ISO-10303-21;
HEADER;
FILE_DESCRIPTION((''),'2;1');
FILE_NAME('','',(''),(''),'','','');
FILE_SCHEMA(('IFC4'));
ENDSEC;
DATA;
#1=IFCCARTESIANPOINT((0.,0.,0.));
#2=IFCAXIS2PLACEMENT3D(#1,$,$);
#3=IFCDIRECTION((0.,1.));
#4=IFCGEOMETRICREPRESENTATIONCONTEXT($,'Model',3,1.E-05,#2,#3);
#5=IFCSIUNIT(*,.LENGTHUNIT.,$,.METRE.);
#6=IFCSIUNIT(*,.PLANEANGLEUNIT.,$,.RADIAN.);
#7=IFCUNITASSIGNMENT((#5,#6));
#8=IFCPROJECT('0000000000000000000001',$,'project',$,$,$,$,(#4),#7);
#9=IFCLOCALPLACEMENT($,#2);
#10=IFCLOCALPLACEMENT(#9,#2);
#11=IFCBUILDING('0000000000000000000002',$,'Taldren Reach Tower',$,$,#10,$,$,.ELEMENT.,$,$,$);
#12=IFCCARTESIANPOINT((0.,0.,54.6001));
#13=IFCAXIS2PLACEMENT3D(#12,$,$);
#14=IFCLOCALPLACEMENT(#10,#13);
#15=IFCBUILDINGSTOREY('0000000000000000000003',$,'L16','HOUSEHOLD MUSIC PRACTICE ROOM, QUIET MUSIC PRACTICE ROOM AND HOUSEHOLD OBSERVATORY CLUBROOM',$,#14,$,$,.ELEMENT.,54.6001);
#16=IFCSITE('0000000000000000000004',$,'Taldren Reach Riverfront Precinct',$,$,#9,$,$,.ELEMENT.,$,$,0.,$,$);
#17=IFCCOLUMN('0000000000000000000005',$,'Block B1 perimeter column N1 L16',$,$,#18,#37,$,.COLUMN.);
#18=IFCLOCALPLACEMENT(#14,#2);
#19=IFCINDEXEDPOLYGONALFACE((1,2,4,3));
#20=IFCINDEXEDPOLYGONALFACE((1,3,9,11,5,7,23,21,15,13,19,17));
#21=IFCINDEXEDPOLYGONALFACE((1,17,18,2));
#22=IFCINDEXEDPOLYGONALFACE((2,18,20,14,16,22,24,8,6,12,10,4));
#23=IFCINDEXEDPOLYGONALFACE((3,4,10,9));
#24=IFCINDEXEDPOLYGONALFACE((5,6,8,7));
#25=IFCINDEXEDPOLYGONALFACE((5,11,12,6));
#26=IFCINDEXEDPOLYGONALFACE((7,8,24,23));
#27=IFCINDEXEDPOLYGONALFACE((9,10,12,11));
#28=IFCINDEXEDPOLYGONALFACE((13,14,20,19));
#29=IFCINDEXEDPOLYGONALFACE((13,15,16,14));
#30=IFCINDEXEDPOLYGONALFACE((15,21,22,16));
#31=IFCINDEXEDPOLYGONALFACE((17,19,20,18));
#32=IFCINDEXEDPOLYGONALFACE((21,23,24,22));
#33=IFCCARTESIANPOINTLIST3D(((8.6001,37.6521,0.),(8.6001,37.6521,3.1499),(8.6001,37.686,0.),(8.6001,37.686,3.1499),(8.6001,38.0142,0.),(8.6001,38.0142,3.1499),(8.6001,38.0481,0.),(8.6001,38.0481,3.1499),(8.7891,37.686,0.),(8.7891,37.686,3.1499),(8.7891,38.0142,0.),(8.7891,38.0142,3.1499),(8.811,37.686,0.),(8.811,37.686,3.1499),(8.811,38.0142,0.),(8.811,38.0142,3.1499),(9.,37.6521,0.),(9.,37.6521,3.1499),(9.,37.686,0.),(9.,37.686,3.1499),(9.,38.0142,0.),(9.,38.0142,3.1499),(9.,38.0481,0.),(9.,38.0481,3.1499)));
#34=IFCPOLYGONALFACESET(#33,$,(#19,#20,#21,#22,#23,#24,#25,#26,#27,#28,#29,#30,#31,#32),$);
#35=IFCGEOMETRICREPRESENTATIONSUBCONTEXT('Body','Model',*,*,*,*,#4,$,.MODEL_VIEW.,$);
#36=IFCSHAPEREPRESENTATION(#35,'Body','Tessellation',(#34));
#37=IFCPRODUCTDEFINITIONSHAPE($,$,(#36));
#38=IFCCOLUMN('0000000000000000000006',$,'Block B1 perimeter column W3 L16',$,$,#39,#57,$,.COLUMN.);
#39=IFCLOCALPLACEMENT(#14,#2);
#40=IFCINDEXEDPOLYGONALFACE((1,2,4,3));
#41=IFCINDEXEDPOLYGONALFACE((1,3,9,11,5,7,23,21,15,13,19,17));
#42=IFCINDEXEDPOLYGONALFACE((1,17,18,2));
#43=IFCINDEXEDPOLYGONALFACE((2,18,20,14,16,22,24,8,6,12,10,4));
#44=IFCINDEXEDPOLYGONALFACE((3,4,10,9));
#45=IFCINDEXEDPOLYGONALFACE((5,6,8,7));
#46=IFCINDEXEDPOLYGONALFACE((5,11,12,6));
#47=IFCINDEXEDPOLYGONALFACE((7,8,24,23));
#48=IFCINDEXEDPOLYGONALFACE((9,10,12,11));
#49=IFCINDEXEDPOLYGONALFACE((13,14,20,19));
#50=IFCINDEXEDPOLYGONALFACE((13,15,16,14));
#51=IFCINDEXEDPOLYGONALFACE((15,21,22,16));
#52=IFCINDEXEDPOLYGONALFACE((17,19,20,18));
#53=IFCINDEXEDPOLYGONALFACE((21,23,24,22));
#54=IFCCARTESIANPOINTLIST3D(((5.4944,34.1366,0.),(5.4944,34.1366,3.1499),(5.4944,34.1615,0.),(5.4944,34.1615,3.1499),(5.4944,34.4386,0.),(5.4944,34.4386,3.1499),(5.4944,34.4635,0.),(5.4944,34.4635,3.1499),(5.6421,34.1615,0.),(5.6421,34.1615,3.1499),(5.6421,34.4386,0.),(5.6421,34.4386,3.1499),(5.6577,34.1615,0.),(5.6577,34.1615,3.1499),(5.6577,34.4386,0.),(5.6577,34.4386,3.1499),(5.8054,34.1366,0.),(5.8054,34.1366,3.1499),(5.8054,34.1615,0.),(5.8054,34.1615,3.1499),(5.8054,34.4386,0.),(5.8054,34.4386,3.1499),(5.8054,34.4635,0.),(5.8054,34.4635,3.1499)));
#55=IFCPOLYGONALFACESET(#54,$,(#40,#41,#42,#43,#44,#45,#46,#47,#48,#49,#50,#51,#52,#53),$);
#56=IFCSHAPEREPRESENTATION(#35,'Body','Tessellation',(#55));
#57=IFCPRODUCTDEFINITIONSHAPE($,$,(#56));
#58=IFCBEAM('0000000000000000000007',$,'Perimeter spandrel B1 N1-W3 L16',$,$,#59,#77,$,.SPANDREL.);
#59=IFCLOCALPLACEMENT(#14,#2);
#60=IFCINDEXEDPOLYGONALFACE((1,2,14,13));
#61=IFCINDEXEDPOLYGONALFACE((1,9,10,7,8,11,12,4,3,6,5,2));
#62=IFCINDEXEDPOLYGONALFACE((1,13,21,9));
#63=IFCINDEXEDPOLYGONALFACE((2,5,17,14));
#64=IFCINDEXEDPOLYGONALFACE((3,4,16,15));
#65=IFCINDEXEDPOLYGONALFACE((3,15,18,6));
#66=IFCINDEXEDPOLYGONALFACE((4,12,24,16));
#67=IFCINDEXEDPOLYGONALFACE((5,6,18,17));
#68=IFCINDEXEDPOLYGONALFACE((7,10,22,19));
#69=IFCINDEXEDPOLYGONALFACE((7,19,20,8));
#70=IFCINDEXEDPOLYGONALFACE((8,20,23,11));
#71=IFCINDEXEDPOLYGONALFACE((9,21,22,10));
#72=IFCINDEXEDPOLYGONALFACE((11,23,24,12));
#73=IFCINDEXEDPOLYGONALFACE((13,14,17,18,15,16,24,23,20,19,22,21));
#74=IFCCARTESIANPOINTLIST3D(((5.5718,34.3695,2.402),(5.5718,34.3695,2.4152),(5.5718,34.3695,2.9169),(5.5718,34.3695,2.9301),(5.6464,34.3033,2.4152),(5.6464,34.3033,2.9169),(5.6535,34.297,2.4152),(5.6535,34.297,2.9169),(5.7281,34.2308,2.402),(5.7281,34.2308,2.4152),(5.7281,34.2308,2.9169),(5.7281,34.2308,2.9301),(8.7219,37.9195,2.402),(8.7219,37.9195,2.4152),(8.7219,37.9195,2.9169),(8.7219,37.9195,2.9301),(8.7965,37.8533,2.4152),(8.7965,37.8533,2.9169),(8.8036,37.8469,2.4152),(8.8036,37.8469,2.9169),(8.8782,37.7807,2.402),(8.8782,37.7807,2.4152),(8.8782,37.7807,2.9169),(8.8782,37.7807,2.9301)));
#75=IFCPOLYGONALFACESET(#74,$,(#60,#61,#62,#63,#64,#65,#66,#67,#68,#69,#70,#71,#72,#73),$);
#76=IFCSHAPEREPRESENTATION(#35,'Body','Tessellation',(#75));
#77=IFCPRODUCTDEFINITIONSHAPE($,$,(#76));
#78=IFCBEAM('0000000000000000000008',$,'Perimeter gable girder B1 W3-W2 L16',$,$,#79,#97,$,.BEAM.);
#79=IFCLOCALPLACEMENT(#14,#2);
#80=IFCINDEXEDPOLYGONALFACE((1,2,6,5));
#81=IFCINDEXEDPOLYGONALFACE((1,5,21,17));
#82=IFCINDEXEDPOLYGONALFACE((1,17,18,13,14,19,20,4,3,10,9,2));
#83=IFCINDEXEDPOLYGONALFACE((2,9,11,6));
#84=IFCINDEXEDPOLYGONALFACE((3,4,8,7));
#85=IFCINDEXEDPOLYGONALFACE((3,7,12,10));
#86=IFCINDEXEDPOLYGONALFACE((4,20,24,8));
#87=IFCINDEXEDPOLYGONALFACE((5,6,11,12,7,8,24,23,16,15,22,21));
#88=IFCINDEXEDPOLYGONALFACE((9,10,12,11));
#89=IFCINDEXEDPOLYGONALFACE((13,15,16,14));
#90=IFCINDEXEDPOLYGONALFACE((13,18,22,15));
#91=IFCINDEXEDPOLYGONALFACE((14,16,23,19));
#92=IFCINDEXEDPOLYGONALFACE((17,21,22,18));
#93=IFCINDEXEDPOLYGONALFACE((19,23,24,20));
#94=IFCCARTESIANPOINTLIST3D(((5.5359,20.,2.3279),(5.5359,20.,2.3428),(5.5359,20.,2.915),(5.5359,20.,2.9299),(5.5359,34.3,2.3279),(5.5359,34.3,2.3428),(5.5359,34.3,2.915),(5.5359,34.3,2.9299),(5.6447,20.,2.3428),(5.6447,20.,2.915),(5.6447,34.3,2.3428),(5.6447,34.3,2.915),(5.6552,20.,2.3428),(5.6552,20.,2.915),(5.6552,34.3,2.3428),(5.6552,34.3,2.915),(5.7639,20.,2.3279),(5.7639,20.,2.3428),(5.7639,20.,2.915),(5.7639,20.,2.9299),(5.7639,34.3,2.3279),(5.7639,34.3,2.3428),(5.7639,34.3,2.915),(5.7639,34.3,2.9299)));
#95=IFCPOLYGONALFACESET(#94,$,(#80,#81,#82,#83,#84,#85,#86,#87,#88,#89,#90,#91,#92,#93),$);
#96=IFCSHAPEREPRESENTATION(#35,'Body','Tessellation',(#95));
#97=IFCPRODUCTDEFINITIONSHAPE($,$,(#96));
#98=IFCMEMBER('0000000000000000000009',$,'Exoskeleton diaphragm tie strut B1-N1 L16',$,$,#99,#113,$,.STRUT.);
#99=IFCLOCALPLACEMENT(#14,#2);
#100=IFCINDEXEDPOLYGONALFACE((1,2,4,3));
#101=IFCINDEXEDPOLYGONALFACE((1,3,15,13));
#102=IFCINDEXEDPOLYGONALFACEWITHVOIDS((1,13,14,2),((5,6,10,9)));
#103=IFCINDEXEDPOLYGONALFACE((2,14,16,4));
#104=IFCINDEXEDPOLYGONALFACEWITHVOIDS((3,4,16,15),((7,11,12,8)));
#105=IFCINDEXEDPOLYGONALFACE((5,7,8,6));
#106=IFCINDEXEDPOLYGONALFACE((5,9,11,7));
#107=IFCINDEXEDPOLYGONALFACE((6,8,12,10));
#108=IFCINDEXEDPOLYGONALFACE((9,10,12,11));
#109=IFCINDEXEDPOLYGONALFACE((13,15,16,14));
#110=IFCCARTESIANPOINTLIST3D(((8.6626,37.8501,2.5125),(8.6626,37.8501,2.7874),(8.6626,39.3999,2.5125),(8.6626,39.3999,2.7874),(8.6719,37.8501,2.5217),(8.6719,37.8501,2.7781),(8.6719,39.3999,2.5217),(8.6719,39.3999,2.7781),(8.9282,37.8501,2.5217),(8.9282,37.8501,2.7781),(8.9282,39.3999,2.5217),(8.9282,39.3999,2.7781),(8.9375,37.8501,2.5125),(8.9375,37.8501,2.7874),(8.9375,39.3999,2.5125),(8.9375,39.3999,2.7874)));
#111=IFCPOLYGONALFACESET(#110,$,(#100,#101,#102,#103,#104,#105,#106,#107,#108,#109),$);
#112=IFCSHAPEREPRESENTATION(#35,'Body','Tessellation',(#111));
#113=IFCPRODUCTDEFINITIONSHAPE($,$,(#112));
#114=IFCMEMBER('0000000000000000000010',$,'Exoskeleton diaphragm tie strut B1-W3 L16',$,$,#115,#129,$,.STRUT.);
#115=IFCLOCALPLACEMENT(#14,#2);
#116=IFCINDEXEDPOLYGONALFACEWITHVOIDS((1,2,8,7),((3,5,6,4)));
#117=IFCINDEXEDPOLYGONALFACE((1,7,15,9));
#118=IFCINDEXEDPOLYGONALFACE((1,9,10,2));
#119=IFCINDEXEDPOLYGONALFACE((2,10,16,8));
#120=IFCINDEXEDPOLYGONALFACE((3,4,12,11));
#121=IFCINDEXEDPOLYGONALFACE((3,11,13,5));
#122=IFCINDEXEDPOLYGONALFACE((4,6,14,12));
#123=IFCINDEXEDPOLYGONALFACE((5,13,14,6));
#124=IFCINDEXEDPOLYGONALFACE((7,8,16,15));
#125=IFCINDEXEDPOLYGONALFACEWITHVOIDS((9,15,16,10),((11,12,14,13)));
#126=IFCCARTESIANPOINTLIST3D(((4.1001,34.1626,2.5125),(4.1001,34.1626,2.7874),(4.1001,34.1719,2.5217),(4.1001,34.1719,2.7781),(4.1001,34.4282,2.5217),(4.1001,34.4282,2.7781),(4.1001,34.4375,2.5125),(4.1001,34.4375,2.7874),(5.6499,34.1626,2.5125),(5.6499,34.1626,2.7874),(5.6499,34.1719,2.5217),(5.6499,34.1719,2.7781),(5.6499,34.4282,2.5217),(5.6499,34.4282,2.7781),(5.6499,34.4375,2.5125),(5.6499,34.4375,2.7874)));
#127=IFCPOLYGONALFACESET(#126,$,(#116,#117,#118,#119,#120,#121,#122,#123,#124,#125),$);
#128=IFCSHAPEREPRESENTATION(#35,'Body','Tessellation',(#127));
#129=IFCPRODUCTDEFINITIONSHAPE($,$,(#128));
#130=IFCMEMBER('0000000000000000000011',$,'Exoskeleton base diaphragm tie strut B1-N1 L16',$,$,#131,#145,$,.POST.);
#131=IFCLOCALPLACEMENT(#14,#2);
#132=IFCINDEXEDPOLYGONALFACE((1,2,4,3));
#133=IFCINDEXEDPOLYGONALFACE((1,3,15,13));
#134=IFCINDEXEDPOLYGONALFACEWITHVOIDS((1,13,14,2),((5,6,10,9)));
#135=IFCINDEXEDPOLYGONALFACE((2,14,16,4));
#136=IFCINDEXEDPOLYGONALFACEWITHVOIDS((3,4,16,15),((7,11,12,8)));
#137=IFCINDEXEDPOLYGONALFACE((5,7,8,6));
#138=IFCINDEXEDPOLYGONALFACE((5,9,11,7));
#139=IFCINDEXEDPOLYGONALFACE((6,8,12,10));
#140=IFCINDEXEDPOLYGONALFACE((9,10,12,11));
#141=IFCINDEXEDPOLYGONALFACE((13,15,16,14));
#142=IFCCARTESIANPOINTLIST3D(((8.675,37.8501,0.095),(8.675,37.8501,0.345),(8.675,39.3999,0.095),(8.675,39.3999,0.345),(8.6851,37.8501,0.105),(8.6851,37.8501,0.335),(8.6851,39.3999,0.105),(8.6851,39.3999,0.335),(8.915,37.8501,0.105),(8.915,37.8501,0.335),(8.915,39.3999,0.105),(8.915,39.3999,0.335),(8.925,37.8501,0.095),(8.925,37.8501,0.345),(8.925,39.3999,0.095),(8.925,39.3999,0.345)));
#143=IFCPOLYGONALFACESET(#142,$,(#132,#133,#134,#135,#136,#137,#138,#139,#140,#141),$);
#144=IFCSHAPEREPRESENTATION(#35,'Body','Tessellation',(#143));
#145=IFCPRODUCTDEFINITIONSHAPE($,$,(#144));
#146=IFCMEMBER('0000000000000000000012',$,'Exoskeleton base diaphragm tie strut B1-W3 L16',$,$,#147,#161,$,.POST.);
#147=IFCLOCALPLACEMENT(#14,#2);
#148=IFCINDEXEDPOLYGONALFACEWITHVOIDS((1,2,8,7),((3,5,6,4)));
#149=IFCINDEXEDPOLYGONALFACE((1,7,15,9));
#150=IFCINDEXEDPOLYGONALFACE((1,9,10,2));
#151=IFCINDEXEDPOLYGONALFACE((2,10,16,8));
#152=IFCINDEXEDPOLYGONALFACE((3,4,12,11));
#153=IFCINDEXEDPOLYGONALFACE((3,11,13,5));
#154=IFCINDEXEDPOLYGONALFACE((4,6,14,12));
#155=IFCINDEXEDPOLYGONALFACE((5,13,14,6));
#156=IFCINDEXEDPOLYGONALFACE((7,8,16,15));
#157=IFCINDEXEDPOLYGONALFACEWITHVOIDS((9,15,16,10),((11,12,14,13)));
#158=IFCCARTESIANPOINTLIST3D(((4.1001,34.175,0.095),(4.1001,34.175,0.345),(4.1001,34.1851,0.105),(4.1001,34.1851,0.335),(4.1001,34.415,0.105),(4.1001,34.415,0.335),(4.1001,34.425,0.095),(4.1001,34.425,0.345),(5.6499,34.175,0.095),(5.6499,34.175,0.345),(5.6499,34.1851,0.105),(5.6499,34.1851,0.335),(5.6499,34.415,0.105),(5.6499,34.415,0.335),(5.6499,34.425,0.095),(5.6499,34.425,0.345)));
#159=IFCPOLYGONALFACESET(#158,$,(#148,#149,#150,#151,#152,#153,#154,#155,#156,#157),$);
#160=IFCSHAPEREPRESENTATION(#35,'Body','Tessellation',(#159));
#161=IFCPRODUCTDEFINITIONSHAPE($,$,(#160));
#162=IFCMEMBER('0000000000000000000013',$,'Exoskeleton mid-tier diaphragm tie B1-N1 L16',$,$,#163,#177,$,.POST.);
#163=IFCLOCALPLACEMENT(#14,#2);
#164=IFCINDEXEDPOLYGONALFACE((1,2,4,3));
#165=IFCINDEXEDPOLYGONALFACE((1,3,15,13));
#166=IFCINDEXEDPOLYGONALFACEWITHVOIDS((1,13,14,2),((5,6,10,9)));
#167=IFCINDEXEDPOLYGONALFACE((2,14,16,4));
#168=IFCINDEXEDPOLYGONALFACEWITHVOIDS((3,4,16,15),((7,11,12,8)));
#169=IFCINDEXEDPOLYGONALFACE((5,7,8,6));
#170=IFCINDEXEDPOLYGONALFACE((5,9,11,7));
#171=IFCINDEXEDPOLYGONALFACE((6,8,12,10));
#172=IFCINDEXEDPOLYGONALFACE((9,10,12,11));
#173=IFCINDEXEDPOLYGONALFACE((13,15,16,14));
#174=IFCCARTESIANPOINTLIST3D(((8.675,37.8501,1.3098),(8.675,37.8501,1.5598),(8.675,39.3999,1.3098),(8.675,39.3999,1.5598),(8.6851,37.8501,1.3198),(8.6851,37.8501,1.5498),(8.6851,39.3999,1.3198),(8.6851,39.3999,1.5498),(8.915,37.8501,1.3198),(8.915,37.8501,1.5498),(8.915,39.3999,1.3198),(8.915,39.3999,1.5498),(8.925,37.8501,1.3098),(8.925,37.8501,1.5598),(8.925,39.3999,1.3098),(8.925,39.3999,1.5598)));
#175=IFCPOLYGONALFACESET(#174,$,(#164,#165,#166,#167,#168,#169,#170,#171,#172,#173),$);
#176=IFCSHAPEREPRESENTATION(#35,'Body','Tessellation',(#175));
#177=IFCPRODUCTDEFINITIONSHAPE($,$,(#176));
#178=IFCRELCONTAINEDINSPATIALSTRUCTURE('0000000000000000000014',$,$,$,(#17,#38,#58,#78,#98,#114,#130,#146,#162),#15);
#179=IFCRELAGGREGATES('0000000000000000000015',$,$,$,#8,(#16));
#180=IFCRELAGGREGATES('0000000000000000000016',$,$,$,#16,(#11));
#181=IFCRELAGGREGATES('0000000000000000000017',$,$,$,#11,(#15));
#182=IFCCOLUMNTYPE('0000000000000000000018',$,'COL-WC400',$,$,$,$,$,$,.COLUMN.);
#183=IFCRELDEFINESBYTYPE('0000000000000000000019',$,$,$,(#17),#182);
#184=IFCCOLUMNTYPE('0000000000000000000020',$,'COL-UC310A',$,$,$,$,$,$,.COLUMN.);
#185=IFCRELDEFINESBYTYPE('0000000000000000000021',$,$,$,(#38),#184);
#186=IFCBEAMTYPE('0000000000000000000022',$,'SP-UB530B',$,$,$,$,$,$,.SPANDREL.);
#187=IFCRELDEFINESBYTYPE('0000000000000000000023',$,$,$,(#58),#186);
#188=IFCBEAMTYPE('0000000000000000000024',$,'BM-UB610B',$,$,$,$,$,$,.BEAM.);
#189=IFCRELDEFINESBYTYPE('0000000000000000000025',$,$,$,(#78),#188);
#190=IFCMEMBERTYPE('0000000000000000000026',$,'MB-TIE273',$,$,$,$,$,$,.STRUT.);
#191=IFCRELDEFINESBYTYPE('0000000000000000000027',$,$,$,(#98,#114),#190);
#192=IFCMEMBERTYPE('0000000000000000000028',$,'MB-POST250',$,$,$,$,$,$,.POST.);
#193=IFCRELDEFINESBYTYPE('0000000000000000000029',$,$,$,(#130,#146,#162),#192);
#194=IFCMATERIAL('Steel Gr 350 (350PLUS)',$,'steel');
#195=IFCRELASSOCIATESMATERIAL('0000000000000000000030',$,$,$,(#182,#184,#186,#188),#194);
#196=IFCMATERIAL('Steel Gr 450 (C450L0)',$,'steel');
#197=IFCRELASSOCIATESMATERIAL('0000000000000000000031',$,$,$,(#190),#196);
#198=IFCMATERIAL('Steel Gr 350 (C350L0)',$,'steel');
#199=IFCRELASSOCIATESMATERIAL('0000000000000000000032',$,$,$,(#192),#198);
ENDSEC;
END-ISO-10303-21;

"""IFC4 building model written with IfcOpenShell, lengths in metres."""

from ifc_helpers import new_model, si_unit, direction, frame, origin, origin_2d, place, context, subcontext, project, spatial, hollow_rectangle, i_section, extrude, source, transform, mapped, material, material_profile, profile_set, type_object, element, save


model = new_model("IFC4")

# Units and contexts
model_context = context("Model", 3, precision=1e-05, world=origin(), true_north=direction((0.0, 1.0)))
body_context = subcontext(model_context, "Body", "Model", "MODEL_VIEW")
ifc_project = project(units=[si_unit("LENGTHUNIT", "METRE"), si_unit("PLANEANGLEUNIT", "RADIAN")], contexts=[model_context])

# Site, building, storey
site_placement = place(None, origin())
site = spatial("IfcSite", under=ifc_project, at=site_placement, Name="Taldren Reach Riverfront Precinct", CompositionType="ELEMENT", RefElevation=0.0)
building_placement = place(site_placement, origin())
building = spatial("IfcBuilding", under=site, at=building_placement, Name="Taldren Reach Tower", CompositionType="ELEMENT")
storey_placement = place(building_placement, frame((0.0, 0.0, 54.6001)))
storey = spatial("IfcBuildingStorey", under=building, at=storey_placement, Name="L16", Description="HOUSEHOLD MUSIC PRACTICE ROOM, QUIET MUSIC PRACTICE ROOM AND HOUSEHOLD OBSERVATORY CLUBROOM", CompositionType="ELEMENT", Elevation=54.6001)

# Columns
ifc_material_1 = material(Name="Steel Gr 350 (350PLUS)", Category="steel")
ifc_material_profile_1 = material_profile(ifc_material_1, i_section(OverallWidth=0.3999, OverallDepth=0.396, WebThickness=0.022, FlangeThickness=0.0339, at=origin_2d()), Name="400WC270")
ifc_profile_set_1 = profile_set([ifc_material_profile_1], Name="Steel Gr 350 (350PLUS)")
column_type_1 = type_object("IfcColumnType", Name="COL-WC400", PredefinedType="COLUMN", material=ifc_profile_set_1)
shared_shape_1 = source(origin(), body_context, "Body", "SweptSolid", [
    extrude(i_section(OverallWidth=0.3999, OverallDepth=0.396, WebThickness=0.022, FlangeThickness=0.0339, at=origin_2d()), origin(), (0.0, 0.0, 1.0), 3.1499),
])
column_1_placement = place(storey_placement, frame((8.8, 37.8501, 0.0), z_axis=(0.0, 0.0, 1.0), x_axis=(1.0, 0.0, 0.0)))
element("IfcColumn", 1, at=column_1_placement, inside=storey, type_object=column_type_1, Name="Block B1 perimeter column N1 L16", PredefinedType="COLUMN", context=body_context, shape_type="MappedRepresentation", body=[
    mapped(shared_shape_1, transform((0.0, 0.0, 0.0), scale=1.0)),
])
ifc_material_profile_2 = material_profile(ifc_material_1, i_section(OverallWidth=0.311, OverallDepth=0.3269, WebThickness=0.0156, FlangeThickness=0.0249, at=origin_2d()), Name="310UC158")
ifc_profile_set_2 = profile_set([ifc_material_profile_2], Name="Steel Gr 350 (350PLUS)")
column_type_2 = type_object("IfcColumnType", Name="COL-UC310A", PredefinedType="COLUMN", material=ifc_profile_set_2)
shared_shape_2 = source(origin(), body_context, "Body", "SweptSolid", [
    extrude(i_section(OverallWidth=0.311, OverallDepth=0.3269, WebThickness=0.0156, FlangeThickness=0.0249, at=origin_2d()), origin(), (0.0, 0.0, 1.0), 3.1499),
])
column_2_placement = place(storey_placement, frame((5.6499, 34.3, 0.0), z_axis=(0.0, 0.0, 1.0), x_axis=(1.0, 0.0, 0.0)))
element("IfcColumn", 2, at=column_2_placement, inside=storey, type_object=column_type_2, Name="Block B1 perimeter column W3 L16", PredefinedType="COLUMN", context=body_context, shape_type="MappedRepresentation", body=[
    mapped(shared_shape_2, transform((0.0, 0.0, 0.0), scale=1.0)),
])

# Beams
ifc_material_profile_3 = material_profile(ifc_material_1, i_section(OverallWidth=0.209, OverallDepth=0.5281, WebThickness=0.0095, FlangeThickness=0.0132, at=origin_2d()), Name="530UB82.0")
ifc_profile_set_3 = profile_set([ifc_material_profile_3], Name="Steel Gr 350 (350PLUS)")
beam_type_1 = type_object("IfcBeamType", Name="SP-UB530B", PredefinedType="SPANDREL", material=ifc_profile_set_3)
shared_shape_3 = source(origin(), body_context, "Body", "SweptSolid", [
    extrude(i_section(OverallWidth=0.209, OverallDepth=0.5281, WebThickness=0.0095, FlangeThickness=0.0132, at=origin_2d()), origin(), (0.0, 0.0, 1.0), 4.7461),
])
beam_1_placement = place(storey_placement, frame((8.8, 37.8501, 2.666), z_axis=(-0.663722, -0.747979, 0.0), x_axis=(0.747979, -0.663722, 0.0)))
element("IfcBeam", 3, at=beam_1_placement, inside=storey, type_object=beam_type_1, Name="Perimeter spandrel B1 N1-W3 L16", PredefinedType="SPANDREL", context=body_context, shape_type="MappedRepresentation", body=[
    mapped(shared_shape_3, transform((0.0, 0.0, 0.0), scale=1.0)),
])
ifc_material_profile_4 = material_profile(ifc_material_1, i_section(OverallWidth=0.228, OverallDepth=0.6021, WebThickness=0.0105, FlangeThickness=0.0149, at=origin_2d()), Name="610UB101")
ifc_profile_set_4 = profile_set([ifc_material_profile_4], Name="Steel Gr 350 (350PLUS)")
beam_type_2 = type_object("IfcBeamType", Name="BM-UB610B", PredefinedType="BEAM", material=ifc_profile_set_4)
shared_shape_4 = source(origin(), body_context, "Body", "SweptSolid", [
    extrude(i_section(OverallWidth=0.228, OverallDepth=0.6021, WebThickness=0.0105, FlangeThickness=0.0149, at=origin_2d()), origin(), (0.0, 0.0, 1.0), 14.3),
])
beam_2_placement = place(storey_placement, frame((5.6499, 34.3, 2.6289), z_axis=(0.0, -1.0, 0.0), x_axis=(1.0, 0.0, 0.0)))
element("IfcBeam", 4, at=beam_2_placement, inside=storey, type_object=beam_type_2, Name="Perimeter gable girder B1 W3-W2 L16", PredefinedType="BEAM", context=body_context, shape_type="MappedRepresentation", body=[
    mapped(shared_shape_4, transform((0.0, 0.0, 0.0), scale=1.0)),
])

# Members
ifc_material_2 = material(Name="Steel Gr 450 (C450L0)", Category="steel")
ifc_material_profile_5 = material_profile(ifc_material_2, hollow_rectangle(XDim=0.2749, YDim=0.2749, WallThickness=0.0093, at=origin_2d()), Name="275x275x9.3SHS")
ifc_profile_set_5 = profile_set([ifc_material_profile_5], Name="Steel Gr 450 (C450L0)")
member_type_1 = type_object("IfcMemberType", Name="MB-TIE273", PredefinedType="STRUT", material=ifc_profile_set_5)
shared_shape_5 = source(origin(), body_context, "Body", "SweptSolid", [
    extrude(hollow_rectangle(XDim=0.2749, YDim=0.2749, WallThickness=0.0093, at=origin_2d()), origin(), (0.0, 0.0, 1.0), 1.5498),
])
for number, where, z_axis, x_axis, name in (
    (5, (8.8, 37.8501, 2.6499), (0.0, 1.0, 0.0), (-1.0, 0.0, 0.0), "Exoskeleton diaphragm tie strut B1-N1 L16"),
    (6, (5.6499, 34.3, 2.6499), (-1.0, 0.0, 0.0), (0.0, -1.0, 0.0), "Exoskeleton diaphragm tie strut B1-W3 L16"),
):
    element("IfcMember", number, at=place(storey_placement, frame(where, z_axis=z_axis, x_axis=x_axis)), inside=storey, type_object=member_type_1, Name=name, PredefinedType="STRUT", context=body_context, shape_type="MappedRepresentation", body=[
        mapped(shared_shape_5, transform((0.0, 0.0, 0.0), scale=1.0)),
    ])
ifc_material_3 = material(Name="Steel Gr 350 (C350L0)", Category="steel")
ifc_material_profile_6 = material_profile(ifc_material_3, hollow_rectangle(XDim=0.25, YDim=0.25, WallThickness=0.01, at=origin_2d()), Name="250x250x10.0SHS")
ifc_profile_set_6 = profile_set([ifc_material_profile_6], Name="Steel Gr 350 (C350L0)")
member_type_2 = type_object("IfcMemberType", Name="MB-POST250", PredefinedType="POST", material=ifc_profile_set_6)
shared_shape_6 = source(origin(), body_context, "Body", "SweptSolid", [
    extrude(hollow_rectangle(XDim=0.25, YDim=0.25, WallThickness=0.01, at=origin_2d()), origin(), (0.0, 0.0, 1.0), 1.5498),
])
for number, where, z_axis, x_axis, name in (
    (7, (8.8, 37.8501, 0.22), (0.0, 1.0, 0.0), (-1.0, 0.0, 0.0), "Exoskeleton base diaphragm tie strut B1-N1 L16"),
    (8, (5.6499, 34.3, 0.22), (-1.0, 0.0, 0.0), (0.0, -1.0, 0.0), "Exoskeleton base diaphragm tie strut B1-W3 L16"),
    (9, (8.8, 37.8501, 1.4348), (0.0, 1.0, 0.0), (-1.0, 0.0, 0.0), "Exoskeleton mid-tier diaphragm tie B1-N1 L16"),
):
    element("IfcMember", number, at=place(storey_placement, frame(where, z_axis=z_axis, x_axis=x_axis)), inside=storey, type_object=member_type_2, Name=name, PredefinedType="POST", context=body_context, shape_type="MappedRepresentation", body=[
        mapped(shared_shape_6, transform((0.0, 0.0, 0.0), scale=1.0)),
    ])

save(model, "model.ifc")
